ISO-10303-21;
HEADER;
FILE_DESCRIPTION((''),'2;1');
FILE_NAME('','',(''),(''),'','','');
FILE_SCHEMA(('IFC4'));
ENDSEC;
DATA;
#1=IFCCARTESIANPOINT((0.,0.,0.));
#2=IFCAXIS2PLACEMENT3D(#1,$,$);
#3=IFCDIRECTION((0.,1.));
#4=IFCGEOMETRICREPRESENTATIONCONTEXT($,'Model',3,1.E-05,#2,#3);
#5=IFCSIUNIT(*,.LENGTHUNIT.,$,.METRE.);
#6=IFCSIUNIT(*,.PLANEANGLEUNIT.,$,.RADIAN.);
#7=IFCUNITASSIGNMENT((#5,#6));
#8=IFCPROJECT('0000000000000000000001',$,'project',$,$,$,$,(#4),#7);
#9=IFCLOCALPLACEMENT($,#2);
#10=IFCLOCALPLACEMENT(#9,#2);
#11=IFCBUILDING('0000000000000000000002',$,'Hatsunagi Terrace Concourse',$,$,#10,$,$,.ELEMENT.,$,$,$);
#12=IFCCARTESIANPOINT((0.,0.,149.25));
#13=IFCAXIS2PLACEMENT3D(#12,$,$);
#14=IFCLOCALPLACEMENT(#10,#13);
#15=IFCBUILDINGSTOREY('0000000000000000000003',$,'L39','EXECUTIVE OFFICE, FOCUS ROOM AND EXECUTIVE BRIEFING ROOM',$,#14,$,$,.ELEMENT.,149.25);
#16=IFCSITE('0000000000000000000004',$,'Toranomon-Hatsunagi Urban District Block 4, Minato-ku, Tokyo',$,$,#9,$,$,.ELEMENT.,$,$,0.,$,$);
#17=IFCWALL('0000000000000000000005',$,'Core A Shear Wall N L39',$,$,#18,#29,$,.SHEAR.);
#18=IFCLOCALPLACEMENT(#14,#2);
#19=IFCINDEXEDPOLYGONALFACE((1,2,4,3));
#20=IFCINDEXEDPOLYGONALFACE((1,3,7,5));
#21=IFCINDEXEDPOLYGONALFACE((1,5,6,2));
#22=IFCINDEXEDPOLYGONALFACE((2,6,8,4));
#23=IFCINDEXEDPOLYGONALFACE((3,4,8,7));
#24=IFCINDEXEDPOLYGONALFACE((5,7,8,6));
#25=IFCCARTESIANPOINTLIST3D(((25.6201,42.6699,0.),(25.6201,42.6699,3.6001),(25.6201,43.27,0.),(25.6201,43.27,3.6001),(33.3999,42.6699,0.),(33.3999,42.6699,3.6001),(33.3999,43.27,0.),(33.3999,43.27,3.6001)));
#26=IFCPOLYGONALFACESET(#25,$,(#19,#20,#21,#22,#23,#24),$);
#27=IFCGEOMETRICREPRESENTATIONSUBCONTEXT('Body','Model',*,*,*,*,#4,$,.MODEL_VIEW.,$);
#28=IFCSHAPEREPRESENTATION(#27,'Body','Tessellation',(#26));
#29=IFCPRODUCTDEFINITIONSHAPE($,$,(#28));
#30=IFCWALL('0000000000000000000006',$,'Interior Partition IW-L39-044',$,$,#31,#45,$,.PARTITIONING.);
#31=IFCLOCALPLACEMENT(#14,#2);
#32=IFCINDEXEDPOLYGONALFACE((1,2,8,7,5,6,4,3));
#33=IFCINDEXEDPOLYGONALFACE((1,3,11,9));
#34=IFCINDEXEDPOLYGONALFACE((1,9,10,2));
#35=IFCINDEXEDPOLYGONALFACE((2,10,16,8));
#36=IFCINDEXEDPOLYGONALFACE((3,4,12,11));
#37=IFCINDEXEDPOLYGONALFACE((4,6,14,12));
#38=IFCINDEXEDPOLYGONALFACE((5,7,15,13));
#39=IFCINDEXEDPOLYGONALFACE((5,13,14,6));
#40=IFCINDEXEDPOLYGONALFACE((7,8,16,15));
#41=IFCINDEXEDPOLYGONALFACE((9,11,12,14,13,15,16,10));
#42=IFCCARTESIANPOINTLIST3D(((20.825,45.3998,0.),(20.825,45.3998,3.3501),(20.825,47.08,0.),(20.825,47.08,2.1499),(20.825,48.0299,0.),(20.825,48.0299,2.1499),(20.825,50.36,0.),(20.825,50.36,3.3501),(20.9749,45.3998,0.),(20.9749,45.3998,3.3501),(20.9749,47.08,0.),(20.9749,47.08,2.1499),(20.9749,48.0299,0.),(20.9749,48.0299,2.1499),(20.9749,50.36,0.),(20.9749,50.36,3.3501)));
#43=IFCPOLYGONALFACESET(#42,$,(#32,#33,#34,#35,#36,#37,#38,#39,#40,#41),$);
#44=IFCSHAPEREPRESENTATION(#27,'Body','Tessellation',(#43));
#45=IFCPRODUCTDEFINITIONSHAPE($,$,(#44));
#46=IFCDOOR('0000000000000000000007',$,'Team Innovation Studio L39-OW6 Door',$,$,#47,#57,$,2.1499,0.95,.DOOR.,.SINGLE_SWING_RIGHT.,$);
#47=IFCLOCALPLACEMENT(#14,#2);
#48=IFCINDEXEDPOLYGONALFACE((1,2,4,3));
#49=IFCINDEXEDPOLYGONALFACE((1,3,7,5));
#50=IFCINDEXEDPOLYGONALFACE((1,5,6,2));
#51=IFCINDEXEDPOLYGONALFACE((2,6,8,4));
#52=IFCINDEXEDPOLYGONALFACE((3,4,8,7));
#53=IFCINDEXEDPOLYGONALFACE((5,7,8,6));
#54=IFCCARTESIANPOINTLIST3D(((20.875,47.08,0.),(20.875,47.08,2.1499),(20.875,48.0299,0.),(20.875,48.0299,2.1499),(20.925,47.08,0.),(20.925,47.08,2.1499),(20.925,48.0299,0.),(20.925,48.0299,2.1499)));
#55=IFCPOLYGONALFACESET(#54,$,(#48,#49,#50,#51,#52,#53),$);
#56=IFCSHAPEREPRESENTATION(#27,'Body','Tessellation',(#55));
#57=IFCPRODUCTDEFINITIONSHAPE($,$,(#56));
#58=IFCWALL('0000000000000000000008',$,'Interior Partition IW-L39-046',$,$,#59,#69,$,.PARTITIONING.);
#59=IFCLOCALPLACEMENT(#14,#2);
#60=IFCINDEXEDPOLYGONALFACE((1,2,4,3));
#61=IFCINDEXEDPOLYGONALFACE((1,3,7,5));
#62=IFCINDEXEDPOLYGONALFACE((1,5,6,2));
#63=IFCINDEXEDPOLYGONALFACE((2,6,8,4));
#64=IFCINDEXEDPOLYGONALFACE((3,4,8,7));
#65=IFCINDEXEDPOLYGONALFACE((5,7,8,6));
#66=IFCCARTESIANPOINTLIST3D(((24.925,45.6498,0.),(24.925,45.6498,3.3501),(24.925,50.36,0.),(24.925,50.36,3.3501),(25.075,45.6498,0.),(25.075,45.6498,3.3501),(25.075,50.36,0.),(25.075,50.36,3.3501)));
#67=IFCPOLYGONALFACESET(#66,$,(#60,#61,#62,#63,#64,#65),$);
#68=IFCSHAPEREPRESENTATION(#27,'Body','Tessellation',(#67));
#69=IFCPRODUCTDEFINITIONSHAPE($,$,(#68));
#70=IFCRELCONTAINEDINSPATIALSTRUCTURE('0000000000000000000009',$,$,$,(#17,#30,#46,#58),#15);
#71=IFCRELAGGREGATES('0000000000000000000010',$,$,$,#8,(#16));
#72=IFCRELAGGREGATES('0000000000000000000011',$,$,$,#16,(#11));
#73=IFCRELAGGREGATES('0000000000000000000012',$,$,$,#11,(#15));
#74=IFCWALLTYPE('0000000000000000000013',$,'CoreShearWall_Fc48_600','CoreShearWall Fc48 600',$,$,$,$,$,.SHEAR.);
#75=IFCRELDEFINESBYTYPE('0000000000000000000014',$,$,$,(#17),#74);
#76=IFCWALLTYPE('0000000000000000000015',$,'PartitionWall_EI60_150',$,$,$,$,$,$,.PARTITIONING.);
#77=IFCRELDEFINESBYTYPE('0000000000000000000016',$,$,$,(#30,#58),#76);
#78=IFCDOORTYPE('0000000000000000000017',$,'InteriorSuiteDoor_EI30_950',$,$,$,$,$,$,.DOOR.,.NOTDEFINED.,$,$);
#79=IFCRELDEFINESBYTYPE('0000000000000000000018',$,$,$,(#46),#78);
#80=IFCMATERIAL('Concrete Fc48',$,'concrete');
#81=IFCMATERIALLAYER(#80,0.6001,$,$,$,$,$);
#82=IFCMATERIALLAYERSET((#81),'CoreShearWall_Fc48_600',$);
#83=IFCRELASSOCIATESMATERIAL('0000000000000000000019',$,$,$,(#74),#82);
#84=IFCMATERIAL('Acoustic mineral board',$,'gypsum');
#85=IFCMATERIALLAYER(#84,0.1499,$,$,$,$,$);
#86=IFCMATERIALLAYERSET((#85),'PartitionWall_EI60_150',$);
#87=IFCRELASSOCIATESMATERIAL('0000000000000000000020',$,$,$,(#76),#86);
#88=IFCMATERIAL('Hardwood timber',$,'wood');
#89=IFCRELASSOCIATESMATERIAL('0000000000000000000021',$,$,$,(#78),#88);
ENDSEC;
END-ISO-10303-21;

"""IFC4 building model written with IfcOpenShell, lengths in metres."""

from ifc_helpers import new_model, si_unit, direction, frame, frame_2d, origin, place, context, subcontext, project, spatial, rectangle, extrude, material, layer, layer_set, type_object, element, fill, save


model = new_model("IFC4")

# Units and contexts
model_context = context("Model", 3, precision=1e-05, world=origin(), true_north=direction((0.0, 1.0)))
body_context = subcontext(model_context, "Body", "Model", "MODEL_VIEW")
ifc_project = project(units=[si_unit("LENGTHUNIT", "METRE"), si_unit("PLANEANGLEUNIT", "RADIAN")], contexts=[model_context])

# Site, building, storey
site_placement = place(None, origin())
site = spatial("IfcSite", under=ifc_project, at=site_placement, Name="Toranomon-Hatsunagi Urban District Block 4, Minato-ku, Tokyo", CompositionType="ELEMENT", RefElevation=0.0)
building_placement = place(site_placement, origin())
building = spatial("IfcBuilding", under=site, at=building_placement, Name="Hatsunagi Terrace Concourse", CompositionType="ELEMENT")
storey_placement = place(building_placement, frame((0.0, 0.0, 149.25)))
storey = spatial("IfcBuildingStorey", under=building, at=storey_placement, Name="L39", Description="EXECUTIVE OFFICE, FOCUS ROOM AND EXECUTIVE BRIEFING ROOM", CompositionType="ELEMENT", Elevation=149.25)

# Wall
ifc_material_1 = material(Name="Concrete Fc48", Category="concrete")
ifc_layer_1 = layer(ifc_material_1, 0.6001)
ifc_layer_set_1 = layer_set([ifc_layer_1], Name="CoreShearWall_Fc48_600")
wall_type_1 = type_object("IfcWallType", Name="CoreShearWall_Fc48_600", Description="CoreShearWall Fc48 600", PredefinedType="SHEAR", material=ifc_layer_set_1)
wall_1_placement = place(storey_placement, frame((25.6201, 42.97, 0.0), z_axis=(0.0, 0.0, 1.0), x_axis=(1.0, 0.0, 0.0)))
element("IfcWall", 1, at=wall_1_placement, inside=storey, type_object=wall_type_1, Name="Core A Shear Wall N L39", PredefinedType="SHEAR", context=body_context, shape_type="SweptSolid", body=[
    extrude(rectangle(XDim=7.7798, YDim=0.6001, at=frame_2d((3.8899, 0.0))), origin(), (0.0, 0.0, 1.0), 3.6001),
])

# Wall, opening, door
ifc_material_2 = material(Name="Acoustic mineral board", Category="gypsum")
ifc_layer_2 = layer(ifc_material_2, 0.1499)
ifc_layer_set_2 = layer_set([ifc_layer_2], Name="PartitionWall_EI60_150")
wall_type_2 = type_object("IfcWallType", Name="PartitionWall_EI60_150", PredefinedType="PARTITIONING", material=ifc_layer_set_2)
wall_2_placement = place(storey_placement, frame((20.8999, 45.3999, 0.0), z_axis=(0.0, 0.0, 1.0), x_axis=(0.0, 1.0, 0.0)))
wall_2 = element("IfcWall", 2, at=wall_2_placement, inside=storey, type_object=wall_type_2, Name="Interior Partition IW-L39-044", PredefinedType="PARTITIONING", context=body_context, shape_type="SweptSolid", body=[
    extrude(rectangle(XDim=4.9602, YDim=0.1499, at=frame_2d((2.48, 0.0))), origin(), (0.0, 0.0, 1.0), 3.3501),
])
opening_1_placement = place(wall_2_placement, frame((1.6799, 0.0, 0.0)))
opening_1 = element("IfcOpeningElement", 3, at=opening_1_placement, cuts=wall_2, PredefinedType="OPENING", context=body_context, shape_type="SweptSolid", body=[
    extrude(rectangle(XDim=0.95, YDim=2.1499, at=frame_2d((0.4751, 1.075))), frame((0.0, 0.085, 0.0), z_axis=(0.0, -1.0, 0.0), x_axis=(1.0, 0.0, 0.0)), (0.0, 0.0, 1.0), 0.1699),
])
ifc_material_3 = material(Name="Hardwood timber", Category="wood")
door_type = type_object("IfcDoorType", Name="InteriorSuiteDoor_EI30_950", OperationType="NOTDEFINED", PredefinedType="DOOR", material=ifc_material_3)
door_1_placement = place(opening_1_placement, origin())
door_1 = element("IfcDoor", 4, at=door_1_placement, inside=storey, type_object=door_type, Name="Team Innovation Studio L39-OW6 Door", OperationType="SINGLE_SWING_RIGHT", OverallHeight=2.1499, OverallWidth=0.95, PredefinedType="DOOR", context=body_context, shape_type="SweptSolid", body=[
    extrude(rectangle(XDim=0.95, YDim=2.1499, at=frame_2d((0.4751, 1.075))), frame((0.0, 0.0249, 0.0), z_axis=(0.0, -1.0, 0.0), x_axis=(1.0, 0.0, 0.0)), (0.0, 0.0, 1.0), 0.05),
])
fill(opening_1, door_1)

# Wall
wall_3_placement = place(storey_placement, frame((25.0, 45.6499, 0.0), z_axis=(0.0, 0.0, 1.0), x_axis=(0.0, 1.0, 0.0)))
element("IfcWall", 5, at=wall_3_placement, inside=storey, type_object=wall_type_2, Name="Interior Partition IW-L39-046", PredefinedType="PARTITIONING", context=body_context, shape_type="SweptSolid", body=[
    extrude(rectangle(XDim=4.7102, YDim=0.1499, at=frame_2d((2.355, 0.0))), origin(), (0.0, 0.0, 1.0), 3.3501),
])

save(model, "model.ifc")
